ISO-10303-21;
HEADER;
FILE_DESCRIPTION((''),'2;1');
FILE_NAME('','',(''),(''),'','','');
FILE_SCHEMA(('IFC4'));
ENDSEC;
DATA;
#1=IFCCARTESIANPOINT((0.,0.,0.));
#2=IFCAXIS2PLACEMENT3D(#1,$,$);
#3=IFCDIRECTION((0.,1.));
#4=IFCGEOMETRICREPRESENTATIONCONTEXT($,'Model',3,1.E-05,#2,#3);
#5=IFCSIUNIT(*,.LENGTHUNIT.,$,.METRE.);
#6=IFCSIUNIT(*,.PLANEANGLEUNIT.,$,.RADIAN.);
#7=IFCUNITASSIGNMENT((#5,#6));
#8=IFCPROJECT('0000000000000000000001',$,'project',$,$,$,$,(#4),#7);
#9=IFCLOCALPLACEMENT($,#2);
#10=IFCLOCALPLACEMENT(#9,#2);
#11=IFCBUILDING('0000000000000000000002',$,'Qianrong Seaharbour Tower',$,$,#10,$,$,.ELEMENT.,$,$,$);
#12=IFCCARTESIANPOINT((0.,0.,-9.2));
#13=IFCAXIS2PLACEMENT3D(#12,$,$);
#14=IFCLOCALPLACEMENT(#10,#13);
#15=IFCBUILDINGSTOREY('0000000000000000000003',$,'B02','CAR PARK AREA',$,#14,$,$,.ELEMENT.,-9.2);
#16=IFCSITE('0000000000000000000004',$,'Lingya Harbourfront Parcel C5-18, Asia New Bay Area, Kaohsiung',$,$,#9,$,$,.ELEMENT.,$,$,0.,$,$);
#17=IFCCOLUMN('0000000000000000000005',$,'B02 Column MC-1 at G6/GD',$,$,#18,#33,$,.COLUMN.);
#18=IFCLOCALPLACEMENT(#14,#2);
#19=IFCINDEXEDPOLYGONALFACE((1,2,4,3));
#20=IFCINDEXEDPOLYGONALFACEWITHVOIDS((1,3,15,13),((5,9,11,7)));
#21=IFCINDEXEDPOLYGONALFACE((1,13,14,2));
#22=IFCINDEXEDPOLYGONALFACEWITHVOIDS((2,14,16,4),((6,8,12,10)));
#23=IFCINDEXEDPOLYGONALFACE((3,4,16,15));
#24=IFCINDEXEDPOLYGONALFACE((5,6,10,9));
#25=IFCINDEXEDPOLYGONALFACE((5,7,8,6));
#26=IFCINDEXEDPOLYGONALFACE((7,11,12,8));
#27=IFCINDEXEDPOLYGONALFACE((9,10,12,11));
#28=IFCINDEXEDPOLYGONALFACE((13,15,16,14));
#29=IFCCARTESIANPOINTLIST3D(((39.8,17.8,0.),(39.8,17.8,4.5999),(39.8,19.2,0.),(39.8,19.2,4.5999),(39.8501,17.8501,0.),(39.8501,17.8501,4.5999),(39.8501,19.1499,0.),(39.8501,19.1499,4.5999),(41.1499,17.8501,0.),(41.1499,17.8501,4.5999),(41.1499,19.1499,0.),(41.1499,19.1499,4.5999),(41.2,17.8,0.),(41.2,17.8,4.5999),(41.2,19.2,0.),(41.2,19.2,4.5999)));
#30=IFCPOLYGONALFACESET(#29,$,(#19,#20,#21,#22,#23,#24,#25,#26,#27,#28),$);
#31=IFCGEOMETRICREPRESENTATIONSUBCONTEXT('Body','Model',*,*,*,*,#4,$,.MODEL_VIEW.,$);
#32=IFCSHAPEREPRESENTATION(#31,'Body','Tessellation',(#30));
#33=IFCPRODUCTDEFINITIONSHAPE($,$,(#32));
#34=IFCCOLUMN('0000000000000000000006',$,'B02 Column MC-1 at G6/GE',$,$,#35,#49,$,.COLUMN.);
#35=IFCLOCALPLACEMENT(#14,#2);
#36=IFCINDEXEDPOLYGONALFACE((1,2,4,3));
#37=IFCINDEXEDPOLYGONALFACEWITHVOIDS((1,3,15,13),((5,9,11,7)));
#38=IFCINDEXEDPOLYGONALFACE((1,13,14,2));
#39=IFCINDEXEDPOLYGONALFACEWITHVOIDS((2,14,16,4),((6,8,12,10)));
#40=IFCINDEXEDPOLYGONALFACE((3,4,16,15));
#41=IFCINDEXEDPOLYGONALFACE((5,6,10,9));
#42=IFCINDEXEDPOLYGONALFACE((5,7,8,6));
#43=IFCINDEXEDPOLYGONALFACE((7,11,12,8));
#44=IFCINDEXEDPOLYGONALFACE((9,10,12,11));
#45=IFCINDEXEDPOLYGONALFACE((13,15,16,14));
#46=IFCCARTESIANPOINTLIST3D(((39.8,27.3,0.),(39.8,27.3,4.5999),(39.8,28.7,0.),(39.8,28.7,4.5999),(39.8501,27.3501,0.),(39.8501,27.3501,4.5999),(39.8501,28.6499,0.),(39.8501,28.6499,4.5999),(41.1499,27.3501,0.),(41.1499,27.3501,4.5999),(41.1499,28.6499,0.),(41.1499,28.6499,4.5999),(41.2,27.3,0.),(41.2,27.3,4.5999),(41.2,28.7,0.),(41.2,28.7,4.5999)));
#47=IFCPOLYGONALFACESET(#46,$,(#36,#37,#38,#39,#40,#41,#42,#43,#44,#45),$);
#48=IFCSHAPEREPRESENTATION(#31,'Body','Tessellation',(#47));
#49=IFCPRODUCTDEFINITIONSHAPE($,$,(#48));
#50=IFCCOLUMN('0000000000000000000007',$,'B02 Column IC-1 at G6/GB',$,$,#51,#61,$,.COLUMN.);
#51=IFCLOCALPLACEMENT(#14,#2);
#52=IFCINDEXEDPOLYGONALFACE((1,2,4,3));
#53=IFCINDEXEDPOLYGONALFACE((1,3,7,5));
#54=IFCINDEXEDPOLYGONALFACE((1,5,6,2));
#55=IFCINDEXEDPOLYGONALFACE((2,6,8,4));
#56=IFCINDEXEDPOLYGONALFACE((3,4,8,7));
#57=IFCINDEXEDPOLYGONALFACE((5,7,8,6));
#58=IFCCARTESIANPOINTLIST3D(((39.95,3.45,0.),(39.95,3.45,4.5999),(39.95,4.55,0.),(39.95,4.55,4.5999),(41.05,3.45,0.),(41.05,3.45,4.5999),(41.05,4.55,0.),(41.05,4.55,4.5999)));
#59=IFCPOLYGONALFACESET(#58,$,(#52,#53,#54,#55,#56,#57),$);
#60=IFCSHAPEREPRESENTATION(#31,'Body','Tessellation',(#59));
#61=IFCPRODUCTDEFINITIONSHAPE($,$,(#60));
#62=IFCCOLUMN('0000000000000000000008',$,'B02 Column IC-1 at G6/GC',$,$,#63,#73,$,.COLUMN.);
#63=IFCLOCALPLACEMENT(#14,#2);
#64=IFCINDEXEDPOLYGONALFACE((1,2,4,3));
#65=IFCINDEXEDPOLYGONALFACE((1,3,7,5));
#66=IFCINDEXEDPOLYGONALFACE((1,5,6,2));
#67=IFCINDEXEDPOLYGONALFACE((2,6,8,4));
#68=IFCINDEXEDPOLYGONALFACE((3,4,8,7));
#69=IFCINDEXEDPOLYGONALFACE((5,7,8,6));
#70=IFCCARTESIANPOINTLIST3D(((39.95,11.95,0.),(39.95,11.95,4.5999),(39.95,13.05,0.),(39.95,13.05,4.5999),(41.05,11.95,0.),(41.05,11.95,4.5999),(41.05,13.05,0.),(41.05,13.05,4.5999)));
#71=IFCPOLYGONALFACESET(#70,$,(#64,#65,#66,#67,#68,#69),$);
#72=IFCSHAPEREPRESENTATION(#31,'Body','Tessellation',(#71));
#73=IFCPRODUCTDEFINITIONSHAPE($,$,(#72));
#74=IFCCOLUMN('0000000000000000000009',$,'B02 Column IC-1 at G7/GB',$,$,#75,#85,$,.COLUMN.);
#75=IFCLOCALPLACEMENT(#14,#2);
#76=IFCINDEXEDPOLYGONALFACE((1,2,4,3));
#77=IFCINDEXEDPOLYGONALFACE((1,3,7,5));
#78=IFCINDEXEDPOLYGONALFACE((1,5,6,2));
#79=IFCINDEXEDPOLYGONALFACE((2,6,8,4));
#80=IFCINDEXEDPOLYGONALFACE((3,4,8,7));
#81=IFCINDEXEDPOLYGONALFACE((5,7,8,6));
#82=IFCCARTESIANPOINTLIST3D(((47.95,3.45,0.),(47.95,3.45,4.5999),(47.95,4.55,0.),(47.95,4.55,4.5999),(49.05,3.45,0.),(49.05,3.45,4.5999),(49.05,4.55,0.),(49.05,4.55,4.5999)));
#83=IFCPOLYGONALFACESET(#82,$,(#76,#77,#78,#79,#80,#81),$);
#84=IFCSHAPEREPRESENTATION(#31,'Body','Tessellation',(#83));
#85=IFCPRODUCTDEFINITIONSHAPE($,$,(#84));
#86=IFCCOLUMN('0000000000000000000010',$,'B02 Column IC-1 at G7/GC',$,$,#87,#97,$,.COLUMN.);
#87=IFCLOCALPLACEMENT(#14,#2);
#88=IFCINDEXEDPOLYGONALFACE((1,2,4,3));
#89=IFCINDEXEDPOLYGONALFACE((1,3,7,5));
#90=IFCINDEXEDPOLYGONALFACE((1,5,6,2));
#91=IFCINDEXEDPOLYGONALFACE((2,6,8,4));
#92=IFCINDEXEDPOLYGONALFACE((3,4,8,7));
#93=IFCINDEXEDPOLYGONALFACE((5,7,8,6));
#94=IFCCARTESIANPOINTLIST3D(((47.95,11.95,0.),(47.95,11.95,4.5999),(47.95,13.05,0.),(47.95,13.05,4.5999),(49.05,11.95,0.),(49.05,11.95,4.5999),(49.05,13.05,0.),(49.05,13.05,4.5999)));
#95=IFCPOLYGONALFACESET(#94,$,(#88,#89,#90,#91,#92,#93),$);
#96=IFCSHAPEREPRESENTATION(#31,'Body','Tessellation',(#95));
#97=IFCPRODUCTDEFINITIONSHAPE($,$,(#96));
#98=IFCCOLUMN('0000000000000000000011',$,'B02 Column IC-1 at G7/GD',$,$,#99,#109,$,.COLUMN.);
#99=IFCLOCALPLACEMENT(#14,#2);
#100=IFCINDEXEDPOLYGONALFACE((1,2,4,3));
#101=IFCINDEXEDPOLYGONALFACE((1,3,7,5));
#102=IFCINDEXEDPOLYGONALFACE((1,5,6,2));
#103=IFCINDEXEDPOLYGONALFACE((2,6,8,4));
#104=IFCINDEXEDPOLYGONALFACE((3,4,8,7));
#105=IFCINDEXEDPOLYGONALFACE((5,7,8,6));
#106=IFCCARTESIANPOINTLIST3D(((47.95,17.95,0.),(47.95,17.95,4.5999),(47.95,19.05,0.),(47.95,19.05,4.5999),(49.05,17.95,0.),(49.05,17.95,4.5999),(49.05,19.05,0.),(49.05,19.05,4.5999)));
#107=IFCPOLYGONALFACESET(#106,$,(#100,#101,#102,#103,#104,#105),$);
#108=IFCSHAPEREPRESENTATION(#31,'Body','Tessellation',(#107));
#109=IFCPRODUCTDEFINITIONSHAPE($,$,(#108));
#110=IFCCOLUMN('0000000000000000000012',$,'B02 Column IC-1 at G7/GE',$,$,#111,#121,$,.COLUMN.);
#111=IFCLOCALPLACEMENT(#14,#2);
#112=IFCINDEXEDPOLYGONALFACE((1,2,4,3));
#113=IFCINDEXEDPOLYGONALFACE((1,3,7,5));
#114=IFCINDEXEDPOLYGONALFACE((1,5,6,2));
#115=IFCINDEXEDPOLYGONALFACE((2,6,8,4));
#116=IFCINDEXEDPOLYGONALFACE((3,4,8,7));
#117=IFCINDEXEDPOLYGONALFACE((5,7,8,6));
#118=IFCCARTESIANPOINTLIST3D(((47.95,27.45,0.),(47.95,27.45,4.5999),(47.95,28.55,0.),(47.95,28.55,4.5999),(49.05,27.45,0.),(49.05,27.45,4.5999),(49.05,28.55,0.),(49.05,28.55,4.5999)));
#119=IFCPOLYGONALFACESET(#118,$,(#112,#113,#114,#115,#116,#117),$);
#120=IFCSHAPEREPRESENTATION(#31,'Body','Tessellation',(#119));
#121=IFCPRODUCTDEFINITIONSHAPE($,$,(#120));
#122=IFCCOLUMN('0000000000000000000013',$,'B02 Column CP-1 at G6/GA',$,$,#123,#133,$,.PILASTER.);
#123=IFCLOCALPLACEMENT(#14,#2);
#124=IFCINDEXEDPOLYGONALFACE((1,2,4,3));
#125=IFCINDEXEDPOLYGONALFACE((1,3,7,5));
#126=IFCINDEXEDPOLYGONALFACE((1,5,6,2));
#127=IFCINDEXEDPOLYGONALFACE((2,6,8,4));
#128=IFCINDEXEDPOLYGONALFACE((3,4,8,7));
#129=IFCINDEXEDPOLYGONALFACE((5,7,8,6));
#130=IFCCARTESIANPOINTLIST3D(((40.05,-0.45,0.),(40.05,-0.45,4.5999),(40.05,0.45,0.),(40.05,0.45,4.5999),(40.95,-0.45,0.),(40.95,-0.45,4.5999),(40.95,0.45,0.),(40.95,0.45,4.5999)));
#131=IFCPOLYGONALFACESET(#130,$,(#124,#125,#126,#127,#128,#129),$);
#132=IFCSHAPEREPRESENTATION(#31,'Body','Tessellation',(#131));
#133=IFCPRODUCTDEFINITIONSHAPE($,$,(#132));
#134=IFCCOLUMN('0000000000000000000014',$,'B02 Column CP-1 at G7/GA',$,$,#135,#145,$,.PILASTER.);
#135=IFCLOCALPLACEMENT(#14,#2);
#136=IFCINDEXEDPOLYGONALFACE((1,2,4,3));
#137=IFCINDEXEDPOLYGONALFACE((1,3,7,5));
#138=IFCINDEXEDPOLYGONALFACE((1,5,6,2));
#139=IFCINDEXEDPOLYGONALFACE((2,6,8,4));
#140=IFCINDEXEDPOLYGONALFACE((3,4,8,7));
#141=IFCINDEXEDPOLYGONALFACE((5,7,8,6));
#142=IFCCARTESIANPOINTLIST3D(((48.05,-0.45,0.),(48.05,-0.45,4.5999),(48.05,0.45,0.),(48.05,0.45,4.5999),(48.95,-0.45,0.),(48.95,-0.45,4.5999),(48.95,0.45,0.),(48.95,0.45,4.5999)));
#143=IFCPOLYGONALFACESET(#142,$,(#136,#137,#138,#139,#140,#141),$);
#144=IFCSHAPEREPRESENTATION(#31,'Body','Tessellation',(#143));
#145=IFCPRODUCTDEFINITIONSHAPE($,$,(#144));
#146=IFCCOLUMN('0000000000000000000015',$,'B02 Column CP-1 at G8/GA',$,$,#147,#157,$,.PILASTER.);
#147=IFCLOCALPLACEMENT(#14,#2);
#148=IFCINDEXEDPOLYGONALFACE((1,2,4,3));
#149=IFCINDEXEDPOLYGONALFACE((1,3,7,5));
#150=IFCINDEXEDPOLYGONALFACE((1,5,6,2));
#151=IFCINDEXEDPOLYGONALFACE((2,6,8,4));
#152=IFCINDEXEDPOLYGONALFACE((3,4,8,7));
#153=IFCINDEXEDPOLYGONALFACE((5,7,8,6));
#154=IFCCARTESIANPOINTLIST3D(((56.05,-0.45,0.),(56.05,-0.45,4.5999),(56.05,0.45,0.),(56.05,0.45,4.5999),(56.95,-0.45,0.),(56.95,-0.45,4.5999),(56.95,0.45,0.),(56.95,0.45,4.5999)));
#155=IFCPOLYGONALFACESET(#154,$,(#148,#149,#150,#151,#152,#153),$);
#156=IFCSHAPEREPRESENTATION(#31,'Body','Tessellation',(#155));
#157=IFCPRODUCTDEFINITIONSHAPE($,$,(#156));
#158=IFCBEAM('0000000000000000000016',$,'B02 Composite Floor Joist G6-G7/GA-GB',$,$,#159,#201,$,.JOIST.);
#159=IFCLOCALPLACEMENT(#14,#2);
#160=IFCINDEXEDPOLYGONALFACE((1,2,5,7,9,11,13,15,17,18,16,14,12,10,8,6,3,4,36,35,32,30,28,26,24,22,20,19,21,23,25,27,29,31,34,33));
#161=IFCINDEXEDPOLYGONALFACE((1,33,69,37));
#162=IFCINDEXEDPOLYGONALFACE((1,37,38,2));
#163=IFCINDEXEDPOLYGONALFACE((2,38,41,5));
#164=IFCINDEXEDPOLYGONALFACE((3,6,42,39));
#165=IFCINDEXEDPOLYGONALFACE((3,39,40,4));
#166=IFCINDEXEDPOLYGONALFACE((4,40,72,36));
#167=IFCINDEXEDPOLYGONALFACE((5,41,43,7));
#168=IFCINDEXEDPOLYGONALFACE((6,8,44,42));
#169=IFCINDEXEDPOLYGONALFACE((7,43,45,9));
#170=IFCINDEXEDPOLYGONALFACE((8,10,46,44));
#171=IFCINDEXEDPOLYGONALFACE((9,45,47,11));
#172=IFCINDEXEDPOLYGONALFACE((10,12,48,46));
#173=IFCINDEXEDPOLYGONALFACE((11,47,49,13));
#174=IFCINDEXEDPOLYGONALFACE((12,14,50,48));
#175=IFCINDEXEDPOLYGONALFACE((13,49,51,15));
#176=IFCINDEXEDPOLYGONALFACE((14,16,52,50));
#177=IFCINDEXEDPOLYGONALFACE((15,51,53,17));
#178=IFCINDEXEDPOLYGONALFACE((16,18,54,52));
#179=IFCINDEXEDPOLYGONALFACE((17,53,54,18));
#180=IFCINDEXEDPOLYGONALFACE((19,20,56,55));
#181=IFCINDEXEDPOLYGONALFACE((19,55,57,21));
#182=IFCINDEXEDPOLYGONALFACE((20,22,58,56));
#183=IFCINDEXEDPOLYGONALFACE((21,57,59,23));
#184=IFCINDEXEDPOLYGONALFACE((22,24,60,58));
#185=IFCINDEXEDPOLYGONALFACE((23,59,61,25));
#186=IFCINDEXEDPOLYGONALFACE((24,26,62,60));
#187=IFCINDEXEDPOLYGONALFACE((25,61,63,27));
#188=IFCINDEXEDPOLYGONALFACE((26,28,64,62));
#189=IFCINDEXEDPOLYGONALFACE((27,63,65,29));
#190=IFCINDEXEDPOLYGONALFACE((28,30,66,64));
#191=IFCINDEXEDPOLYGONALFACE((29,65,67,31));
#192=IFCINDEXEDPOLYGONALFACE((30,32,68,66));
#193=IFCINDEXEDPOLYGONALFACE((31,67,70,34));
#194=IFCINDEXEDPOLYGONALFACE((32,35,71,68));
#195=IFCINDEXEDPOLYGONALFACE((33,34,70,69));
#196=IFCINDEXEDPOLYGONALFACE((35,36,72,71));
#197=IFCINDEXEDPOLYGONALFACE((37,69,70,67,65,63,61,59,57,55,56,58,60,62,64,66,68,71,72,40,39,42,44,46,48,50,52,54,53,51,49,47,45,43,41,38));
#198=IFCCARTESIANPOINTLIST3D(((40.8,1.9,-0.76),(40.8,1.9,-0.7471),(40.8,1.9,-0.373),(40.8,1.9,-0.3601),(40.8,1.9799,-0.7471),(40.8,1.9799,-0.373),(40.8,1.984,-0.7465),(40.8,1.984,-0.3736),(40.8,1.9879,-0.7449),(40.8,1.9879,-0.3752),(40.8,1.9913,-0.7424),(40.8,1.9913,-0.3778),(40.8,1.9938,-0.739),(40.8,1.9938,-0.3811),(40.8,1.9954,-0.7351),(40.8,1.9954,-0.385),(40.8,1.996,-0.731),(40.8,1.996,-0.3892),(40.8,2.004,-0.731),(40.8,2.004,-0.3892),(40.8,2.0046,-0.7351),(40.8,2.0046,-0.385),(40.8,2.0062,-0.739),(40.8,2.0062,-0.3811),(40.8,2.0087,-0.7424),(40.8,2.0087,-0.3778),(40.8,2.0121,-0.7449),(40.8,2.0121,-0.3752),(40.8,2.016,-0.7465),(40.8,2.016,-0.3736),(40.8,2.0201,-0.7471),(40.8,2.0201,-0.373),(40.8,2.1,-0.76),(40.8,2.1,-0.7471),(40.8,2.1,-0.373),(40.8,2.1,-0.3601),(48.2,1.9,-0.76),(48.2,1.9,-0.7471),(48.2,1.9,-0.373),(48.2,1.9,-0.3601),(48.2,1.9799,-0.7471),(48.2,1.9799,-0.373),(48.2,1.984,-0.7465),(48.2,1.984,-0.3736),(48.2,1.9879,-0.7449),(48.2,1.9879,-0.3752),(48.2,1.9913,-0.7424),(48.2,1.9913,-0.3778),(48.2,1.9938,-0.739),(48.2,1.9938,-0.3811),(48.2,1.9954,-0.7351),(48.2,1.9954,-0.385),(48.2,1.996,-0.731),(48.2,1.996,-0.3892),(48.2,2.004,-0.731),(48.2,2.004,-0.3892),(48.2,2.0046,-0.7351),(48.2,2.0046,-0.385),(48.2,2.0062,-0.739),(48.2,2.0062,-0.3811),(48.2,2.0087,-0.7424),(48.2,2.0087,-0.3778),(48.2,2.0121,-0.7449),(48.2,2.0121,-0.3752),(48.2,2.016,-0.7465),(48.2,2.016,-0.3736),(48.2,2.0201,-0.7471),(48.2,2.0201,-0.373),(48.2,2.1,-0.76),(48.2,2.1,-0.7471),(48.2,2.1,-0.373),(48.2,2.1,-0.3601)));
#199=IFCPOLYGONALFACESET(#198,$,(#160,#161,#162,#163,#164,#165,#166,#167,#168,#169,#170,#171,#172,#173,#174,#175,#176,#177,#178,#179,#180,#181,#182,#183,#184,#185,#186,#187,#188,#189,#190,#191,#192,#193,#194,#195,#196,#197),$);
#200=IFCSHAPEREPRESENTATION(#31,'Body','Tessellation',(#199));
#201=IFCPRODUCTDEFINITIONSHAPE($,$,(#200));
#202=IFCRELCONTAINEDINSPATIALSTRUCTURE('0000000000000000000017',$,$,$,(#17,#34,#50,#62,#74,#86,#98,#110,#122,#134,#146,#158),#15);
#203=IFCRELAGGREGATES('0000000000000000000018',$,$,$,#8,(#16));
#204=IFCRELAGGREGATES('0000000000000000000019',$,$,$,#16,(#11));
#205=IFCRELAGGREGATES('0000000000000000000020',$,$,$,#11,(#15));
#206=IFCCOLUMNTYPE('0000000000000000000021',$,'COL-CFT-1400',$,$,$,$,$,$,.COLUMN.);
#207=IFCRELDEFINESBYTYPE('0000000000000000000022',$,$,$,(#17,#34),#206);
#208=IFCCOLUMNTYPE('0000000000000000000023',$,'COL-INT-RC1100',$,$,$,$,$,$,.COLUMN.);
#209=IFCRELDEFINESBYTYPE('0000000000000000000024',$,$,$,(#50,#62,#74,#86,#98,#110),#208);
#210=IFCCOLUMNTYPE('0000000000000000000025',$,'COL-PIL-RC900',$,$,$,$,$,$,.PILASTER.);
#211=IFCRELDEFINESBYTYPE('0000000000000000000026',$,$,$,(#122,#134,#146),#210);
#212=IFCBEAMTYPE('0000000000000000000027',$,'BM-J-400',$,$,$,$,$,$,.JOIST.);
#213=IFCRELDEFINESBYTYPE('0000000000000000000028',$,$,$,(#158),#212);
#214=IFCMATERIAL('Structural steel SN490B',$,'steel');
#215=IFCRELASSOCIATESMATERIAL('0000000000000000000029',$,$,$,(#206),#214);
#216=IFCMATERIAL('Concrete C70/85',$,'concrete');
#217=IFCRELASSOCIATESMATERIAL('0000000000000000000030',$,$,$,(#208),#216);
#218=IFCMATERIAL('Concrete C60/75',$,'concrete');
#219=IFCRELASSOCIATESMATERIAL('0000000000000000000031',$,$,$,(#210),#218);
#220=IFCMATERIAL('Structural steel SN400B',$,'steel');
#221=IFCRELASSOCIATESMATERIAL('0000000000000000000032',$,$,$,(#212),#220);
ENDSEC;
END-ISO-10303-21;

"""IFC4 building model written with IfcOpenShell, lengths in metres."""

from ifc_helpers import new_model, si_unit, direction, frame, origin, origin_2d, place, context, subcontext, project, spatial, rectangle, hollow_rectangle, i_section, extrude, material, material_profile, profile_set, type_object, element, save


model = new_model("IFC4")

# Units and contexts
model_context = context("Model", 3, precision=1e-05, world=origin(), true_north=direction((0.0, 1.0)))
body_context = subcontext(model_context, "Body", "Model", "MODEL_VIEW")
ifc_project = project(units=[si_unit("LENGTHUNIT", "METRE"), si_unit("PLANEANGLEUNIT", "RADIAN")], contexts=[model_context])

# Site, building, storey
site_placement = place(None, origin())
site = spatial("IfcSite", under=ifc_project, at=site_placement, Name="Lingya Harbourfront Parcel C5-18, Asia New Bay Area, Kaohsiung", CompositionType="ELEMENT", RefElevation=0.0)
building_placement = place(site_placement, origin())
building = spatial("IfcBuilding", under=site, at=building_placement, Name="Qianrong Seaharbour Tower", CompositionType="ELEMENT")
storey_placement = place(building_placement, frame((0.0, 0.0, -9.2)))
storey = spatial("IfcBuildingStorey", under=building, at=storey_placement, Name="B02", Description="CAR PARK AREA", CompositionType="ELEMENT", Elevation=-9.2)

# Columns
ifc_material_1 = material(Name="Structural steel SN490B", Category="steel")
ifc_material_profile_1 = material_profile(ifc_material_1, hollow_rectangle(XDim=1.3999, YDim=1.3999, WallThickness=0.05, at=origin_2d()), Name="BOX1400x1400x50")
ifc_profile_set_1 = profile_set([ifc_material_profile_1], Name="Structural steel SN490B")
column_type_1 = type_object("IfcColumnType", Name="COL-CFT-1400", PredefinedType="COLUMN", material=ifc_profile_set_1)
for number, where, z_axis, x_axis, name in (
    (1, (40.5, 18.5, 0.0), (0.0, 0.0, 1.0), (1.0, 0.0, 0.0), "B02 Column MC-1 at G6/GD"),
    (2, (40.5, 28.0, 0.0), (0.0, 0.0, 1.0), (1.0, 0.0, 0.0), "B02 Column MC-1 at G6/GE"),
):
    element("IfcColumn", number, at=place(storey_placement, frame(where, z_axis=z_axis, x_axis=x_axis)), inside=storey, type_object=column_type_1, Name=name, PredefinedType="COLUMN", context=body_context, shape_type="SweptSolid", body=[
        extrude(hollow_rectangle(XDim=1.3999, YDim=1.3999, WallThickness=0.05, at=origin_2d()), origin(), (0.0, 0.0, 1.0), 4.5999),
    ])
ifc_material_2 = material(Name="Concrete C70/85", Category="concrete")
ifc_material_profile_2 = material_profile(ifc_material_2, rectangle(XDim=1.1001, YDim=1.1001, at=origin_2d()), Name="RC1100x1100")
ifc_profile_set_2 = profile_set([ifc_material_profile_2], Name="Concrete C70/85")
column_type_2 = type_object("IfcColumnType", Name="COL-INT-RC1100", PredefinedType="COLUMN", material=ifc_profile_set_2)
for number, where, z_axis, x_axis, name in (
    (3, (40.5, 4.0, 0.0), (0.0, 0.0, 1.0), (1.0, 0.0, 0.0), "B02 Column IC-1 at G6/GB"),
    (4, (40.5, 12.5, 0.0), (0.0, 0.0, 1.0), (1.0, 0.0, 0.0), "B02 Column IC-1 at G6/GC"),
    (5, (48.5, 4.0, 0.0), (0.0, 0.0, 1.0), (1.0, 0.0, 0.0), "B02 Column IC-1 at G7/GB"),
    (6, (48.5, 12.5, 0.0), (0.0, 0.0, 1.0), (1.0, 0.0, 0.0), "B02 Column IC-1 at G7/GC"),
    (7, (48.5, 18.5, 0.0), (0.0, 0.0, 1.0), (1.0, 0.0, 0.0), "B02 Column IC-1 at G7/GD"),
    (8, (48.5, 28.0, 0.0), (0.0, 0.0, 1.0), (1.0, 0.0, 0.0), "B02 Column IC-1 at G7/GE"),
):
    element("IfcColumn", number, at=place(storey_placement, frame(where, z_axis=z_axis, x_axis=x_axis)), inside=storey, type_object=column_type_2, Name=name, PredefinedType="COLUMN", context=body_context, shape_type="SweptSolid", body=[
        extrude(rectangle(XDim=1.1001, YDim=1.1001, at=origin_2d()), origin(), (0.0, 0.0, 1.0), 4.5999),
    ])
ifc_material_3 = material(Name="Concrete C60/75", Category="concrete")
ifc_material_profile_3 = material_profile(ifc_material_3, rectangle(XDim=0.8999, YDim=0.8999, at=origin_2d()), Name="RC900x900")
ifc_profile_set_3 = profile_set([ifc_material_profile_3], Name="Concrete C60/75")
column_type_3 = type_object("IfcColumnType", Name="COL-PIL-RC900", PredefinedType="PILASTER", material=ifc_profile_set_3)
for number, where, z_axis, x_axis, name in (
    (9, (40.5, 0.0, 0.0), (0.0, 0.0, 1.0), (1.0, 0.0, 0.0), "B02 Column CP-1 at G6/GA"),
    (10, (48.5, 0.0, 0.0), (0.0, 0.0, 1.0), (1.0, 0.0, 0.0), "B02 Column CP-1 at G7/GA"),
    (11, (56.5, 0.0, 0.0), (0.0, 0.0, 1.0), (1.0, 0.0, 0.0), "B02 Column CP-1 at G8/GA"),
):
    element("IfcColumn", number, at=place(storey_placement, frame(where, z_axis=z_axis, x_axis=x_axis)), inside=storey, type_object=column_type_3, Name=name, PredefinedType="PILASTER", context=body_context, shape_type="SweptSolid", body=[
        extrude(rectangle(XDim=0.8999, YDim=0.8999, at=origin_2d()), origin(), (0.0, 0.0, 1.0), 4.5999),
    ])

# Beam
ifc_material_4 = material(Name="Structural steel SN400B", Category="steel")
ifc_material_profile_4 = material_profile(ifc_material_4, i_section(OverallWidth=0.2, OverallDepth=0.3999, WebThickness=0.0081, FlangeThickness=0.0129, FilletRadius=0.0161, at=origin_2d()), Name="H400x200x8x13")
ifc_profile_set_4 = profile_set([ifc_material_profile_4], Name="Structural steel SN400B")
beam_type_1 = type_object("IfcBeamType", Name="BM-J-400", PredefinedType="JOIST", material=ifc_profile_set_4)
for number, where, z_axis, x_axis, name in (
    (12, (40.8, 2.0, -0.5601), (1.0, 0.0, 0.0), (0.0, 1.0, 0.0), "B02 Composite Floor Joist G6-G7/GA-GB"),
):
    element("IfcBeam", number, at=place(storey_placement, frame(where, z_axis=z_axis, x_axis=x_axis)), inside=storey, type_object=beam_type_1, Name=name, PredefinedType="JOIST", context=body_context, shape_type="SweptSolid", body=[
        extrude(i_section(OverallWidth=0.2, OverallDepth=0.3999, WebThickness=0.0081, FlangeThickness=0.0129, FilletRadius=0.0161, at=origin_2d()), origin(), (0.0, 0.0, 1.0), 7.3999),
    ])

save(model, "model.ifc")
